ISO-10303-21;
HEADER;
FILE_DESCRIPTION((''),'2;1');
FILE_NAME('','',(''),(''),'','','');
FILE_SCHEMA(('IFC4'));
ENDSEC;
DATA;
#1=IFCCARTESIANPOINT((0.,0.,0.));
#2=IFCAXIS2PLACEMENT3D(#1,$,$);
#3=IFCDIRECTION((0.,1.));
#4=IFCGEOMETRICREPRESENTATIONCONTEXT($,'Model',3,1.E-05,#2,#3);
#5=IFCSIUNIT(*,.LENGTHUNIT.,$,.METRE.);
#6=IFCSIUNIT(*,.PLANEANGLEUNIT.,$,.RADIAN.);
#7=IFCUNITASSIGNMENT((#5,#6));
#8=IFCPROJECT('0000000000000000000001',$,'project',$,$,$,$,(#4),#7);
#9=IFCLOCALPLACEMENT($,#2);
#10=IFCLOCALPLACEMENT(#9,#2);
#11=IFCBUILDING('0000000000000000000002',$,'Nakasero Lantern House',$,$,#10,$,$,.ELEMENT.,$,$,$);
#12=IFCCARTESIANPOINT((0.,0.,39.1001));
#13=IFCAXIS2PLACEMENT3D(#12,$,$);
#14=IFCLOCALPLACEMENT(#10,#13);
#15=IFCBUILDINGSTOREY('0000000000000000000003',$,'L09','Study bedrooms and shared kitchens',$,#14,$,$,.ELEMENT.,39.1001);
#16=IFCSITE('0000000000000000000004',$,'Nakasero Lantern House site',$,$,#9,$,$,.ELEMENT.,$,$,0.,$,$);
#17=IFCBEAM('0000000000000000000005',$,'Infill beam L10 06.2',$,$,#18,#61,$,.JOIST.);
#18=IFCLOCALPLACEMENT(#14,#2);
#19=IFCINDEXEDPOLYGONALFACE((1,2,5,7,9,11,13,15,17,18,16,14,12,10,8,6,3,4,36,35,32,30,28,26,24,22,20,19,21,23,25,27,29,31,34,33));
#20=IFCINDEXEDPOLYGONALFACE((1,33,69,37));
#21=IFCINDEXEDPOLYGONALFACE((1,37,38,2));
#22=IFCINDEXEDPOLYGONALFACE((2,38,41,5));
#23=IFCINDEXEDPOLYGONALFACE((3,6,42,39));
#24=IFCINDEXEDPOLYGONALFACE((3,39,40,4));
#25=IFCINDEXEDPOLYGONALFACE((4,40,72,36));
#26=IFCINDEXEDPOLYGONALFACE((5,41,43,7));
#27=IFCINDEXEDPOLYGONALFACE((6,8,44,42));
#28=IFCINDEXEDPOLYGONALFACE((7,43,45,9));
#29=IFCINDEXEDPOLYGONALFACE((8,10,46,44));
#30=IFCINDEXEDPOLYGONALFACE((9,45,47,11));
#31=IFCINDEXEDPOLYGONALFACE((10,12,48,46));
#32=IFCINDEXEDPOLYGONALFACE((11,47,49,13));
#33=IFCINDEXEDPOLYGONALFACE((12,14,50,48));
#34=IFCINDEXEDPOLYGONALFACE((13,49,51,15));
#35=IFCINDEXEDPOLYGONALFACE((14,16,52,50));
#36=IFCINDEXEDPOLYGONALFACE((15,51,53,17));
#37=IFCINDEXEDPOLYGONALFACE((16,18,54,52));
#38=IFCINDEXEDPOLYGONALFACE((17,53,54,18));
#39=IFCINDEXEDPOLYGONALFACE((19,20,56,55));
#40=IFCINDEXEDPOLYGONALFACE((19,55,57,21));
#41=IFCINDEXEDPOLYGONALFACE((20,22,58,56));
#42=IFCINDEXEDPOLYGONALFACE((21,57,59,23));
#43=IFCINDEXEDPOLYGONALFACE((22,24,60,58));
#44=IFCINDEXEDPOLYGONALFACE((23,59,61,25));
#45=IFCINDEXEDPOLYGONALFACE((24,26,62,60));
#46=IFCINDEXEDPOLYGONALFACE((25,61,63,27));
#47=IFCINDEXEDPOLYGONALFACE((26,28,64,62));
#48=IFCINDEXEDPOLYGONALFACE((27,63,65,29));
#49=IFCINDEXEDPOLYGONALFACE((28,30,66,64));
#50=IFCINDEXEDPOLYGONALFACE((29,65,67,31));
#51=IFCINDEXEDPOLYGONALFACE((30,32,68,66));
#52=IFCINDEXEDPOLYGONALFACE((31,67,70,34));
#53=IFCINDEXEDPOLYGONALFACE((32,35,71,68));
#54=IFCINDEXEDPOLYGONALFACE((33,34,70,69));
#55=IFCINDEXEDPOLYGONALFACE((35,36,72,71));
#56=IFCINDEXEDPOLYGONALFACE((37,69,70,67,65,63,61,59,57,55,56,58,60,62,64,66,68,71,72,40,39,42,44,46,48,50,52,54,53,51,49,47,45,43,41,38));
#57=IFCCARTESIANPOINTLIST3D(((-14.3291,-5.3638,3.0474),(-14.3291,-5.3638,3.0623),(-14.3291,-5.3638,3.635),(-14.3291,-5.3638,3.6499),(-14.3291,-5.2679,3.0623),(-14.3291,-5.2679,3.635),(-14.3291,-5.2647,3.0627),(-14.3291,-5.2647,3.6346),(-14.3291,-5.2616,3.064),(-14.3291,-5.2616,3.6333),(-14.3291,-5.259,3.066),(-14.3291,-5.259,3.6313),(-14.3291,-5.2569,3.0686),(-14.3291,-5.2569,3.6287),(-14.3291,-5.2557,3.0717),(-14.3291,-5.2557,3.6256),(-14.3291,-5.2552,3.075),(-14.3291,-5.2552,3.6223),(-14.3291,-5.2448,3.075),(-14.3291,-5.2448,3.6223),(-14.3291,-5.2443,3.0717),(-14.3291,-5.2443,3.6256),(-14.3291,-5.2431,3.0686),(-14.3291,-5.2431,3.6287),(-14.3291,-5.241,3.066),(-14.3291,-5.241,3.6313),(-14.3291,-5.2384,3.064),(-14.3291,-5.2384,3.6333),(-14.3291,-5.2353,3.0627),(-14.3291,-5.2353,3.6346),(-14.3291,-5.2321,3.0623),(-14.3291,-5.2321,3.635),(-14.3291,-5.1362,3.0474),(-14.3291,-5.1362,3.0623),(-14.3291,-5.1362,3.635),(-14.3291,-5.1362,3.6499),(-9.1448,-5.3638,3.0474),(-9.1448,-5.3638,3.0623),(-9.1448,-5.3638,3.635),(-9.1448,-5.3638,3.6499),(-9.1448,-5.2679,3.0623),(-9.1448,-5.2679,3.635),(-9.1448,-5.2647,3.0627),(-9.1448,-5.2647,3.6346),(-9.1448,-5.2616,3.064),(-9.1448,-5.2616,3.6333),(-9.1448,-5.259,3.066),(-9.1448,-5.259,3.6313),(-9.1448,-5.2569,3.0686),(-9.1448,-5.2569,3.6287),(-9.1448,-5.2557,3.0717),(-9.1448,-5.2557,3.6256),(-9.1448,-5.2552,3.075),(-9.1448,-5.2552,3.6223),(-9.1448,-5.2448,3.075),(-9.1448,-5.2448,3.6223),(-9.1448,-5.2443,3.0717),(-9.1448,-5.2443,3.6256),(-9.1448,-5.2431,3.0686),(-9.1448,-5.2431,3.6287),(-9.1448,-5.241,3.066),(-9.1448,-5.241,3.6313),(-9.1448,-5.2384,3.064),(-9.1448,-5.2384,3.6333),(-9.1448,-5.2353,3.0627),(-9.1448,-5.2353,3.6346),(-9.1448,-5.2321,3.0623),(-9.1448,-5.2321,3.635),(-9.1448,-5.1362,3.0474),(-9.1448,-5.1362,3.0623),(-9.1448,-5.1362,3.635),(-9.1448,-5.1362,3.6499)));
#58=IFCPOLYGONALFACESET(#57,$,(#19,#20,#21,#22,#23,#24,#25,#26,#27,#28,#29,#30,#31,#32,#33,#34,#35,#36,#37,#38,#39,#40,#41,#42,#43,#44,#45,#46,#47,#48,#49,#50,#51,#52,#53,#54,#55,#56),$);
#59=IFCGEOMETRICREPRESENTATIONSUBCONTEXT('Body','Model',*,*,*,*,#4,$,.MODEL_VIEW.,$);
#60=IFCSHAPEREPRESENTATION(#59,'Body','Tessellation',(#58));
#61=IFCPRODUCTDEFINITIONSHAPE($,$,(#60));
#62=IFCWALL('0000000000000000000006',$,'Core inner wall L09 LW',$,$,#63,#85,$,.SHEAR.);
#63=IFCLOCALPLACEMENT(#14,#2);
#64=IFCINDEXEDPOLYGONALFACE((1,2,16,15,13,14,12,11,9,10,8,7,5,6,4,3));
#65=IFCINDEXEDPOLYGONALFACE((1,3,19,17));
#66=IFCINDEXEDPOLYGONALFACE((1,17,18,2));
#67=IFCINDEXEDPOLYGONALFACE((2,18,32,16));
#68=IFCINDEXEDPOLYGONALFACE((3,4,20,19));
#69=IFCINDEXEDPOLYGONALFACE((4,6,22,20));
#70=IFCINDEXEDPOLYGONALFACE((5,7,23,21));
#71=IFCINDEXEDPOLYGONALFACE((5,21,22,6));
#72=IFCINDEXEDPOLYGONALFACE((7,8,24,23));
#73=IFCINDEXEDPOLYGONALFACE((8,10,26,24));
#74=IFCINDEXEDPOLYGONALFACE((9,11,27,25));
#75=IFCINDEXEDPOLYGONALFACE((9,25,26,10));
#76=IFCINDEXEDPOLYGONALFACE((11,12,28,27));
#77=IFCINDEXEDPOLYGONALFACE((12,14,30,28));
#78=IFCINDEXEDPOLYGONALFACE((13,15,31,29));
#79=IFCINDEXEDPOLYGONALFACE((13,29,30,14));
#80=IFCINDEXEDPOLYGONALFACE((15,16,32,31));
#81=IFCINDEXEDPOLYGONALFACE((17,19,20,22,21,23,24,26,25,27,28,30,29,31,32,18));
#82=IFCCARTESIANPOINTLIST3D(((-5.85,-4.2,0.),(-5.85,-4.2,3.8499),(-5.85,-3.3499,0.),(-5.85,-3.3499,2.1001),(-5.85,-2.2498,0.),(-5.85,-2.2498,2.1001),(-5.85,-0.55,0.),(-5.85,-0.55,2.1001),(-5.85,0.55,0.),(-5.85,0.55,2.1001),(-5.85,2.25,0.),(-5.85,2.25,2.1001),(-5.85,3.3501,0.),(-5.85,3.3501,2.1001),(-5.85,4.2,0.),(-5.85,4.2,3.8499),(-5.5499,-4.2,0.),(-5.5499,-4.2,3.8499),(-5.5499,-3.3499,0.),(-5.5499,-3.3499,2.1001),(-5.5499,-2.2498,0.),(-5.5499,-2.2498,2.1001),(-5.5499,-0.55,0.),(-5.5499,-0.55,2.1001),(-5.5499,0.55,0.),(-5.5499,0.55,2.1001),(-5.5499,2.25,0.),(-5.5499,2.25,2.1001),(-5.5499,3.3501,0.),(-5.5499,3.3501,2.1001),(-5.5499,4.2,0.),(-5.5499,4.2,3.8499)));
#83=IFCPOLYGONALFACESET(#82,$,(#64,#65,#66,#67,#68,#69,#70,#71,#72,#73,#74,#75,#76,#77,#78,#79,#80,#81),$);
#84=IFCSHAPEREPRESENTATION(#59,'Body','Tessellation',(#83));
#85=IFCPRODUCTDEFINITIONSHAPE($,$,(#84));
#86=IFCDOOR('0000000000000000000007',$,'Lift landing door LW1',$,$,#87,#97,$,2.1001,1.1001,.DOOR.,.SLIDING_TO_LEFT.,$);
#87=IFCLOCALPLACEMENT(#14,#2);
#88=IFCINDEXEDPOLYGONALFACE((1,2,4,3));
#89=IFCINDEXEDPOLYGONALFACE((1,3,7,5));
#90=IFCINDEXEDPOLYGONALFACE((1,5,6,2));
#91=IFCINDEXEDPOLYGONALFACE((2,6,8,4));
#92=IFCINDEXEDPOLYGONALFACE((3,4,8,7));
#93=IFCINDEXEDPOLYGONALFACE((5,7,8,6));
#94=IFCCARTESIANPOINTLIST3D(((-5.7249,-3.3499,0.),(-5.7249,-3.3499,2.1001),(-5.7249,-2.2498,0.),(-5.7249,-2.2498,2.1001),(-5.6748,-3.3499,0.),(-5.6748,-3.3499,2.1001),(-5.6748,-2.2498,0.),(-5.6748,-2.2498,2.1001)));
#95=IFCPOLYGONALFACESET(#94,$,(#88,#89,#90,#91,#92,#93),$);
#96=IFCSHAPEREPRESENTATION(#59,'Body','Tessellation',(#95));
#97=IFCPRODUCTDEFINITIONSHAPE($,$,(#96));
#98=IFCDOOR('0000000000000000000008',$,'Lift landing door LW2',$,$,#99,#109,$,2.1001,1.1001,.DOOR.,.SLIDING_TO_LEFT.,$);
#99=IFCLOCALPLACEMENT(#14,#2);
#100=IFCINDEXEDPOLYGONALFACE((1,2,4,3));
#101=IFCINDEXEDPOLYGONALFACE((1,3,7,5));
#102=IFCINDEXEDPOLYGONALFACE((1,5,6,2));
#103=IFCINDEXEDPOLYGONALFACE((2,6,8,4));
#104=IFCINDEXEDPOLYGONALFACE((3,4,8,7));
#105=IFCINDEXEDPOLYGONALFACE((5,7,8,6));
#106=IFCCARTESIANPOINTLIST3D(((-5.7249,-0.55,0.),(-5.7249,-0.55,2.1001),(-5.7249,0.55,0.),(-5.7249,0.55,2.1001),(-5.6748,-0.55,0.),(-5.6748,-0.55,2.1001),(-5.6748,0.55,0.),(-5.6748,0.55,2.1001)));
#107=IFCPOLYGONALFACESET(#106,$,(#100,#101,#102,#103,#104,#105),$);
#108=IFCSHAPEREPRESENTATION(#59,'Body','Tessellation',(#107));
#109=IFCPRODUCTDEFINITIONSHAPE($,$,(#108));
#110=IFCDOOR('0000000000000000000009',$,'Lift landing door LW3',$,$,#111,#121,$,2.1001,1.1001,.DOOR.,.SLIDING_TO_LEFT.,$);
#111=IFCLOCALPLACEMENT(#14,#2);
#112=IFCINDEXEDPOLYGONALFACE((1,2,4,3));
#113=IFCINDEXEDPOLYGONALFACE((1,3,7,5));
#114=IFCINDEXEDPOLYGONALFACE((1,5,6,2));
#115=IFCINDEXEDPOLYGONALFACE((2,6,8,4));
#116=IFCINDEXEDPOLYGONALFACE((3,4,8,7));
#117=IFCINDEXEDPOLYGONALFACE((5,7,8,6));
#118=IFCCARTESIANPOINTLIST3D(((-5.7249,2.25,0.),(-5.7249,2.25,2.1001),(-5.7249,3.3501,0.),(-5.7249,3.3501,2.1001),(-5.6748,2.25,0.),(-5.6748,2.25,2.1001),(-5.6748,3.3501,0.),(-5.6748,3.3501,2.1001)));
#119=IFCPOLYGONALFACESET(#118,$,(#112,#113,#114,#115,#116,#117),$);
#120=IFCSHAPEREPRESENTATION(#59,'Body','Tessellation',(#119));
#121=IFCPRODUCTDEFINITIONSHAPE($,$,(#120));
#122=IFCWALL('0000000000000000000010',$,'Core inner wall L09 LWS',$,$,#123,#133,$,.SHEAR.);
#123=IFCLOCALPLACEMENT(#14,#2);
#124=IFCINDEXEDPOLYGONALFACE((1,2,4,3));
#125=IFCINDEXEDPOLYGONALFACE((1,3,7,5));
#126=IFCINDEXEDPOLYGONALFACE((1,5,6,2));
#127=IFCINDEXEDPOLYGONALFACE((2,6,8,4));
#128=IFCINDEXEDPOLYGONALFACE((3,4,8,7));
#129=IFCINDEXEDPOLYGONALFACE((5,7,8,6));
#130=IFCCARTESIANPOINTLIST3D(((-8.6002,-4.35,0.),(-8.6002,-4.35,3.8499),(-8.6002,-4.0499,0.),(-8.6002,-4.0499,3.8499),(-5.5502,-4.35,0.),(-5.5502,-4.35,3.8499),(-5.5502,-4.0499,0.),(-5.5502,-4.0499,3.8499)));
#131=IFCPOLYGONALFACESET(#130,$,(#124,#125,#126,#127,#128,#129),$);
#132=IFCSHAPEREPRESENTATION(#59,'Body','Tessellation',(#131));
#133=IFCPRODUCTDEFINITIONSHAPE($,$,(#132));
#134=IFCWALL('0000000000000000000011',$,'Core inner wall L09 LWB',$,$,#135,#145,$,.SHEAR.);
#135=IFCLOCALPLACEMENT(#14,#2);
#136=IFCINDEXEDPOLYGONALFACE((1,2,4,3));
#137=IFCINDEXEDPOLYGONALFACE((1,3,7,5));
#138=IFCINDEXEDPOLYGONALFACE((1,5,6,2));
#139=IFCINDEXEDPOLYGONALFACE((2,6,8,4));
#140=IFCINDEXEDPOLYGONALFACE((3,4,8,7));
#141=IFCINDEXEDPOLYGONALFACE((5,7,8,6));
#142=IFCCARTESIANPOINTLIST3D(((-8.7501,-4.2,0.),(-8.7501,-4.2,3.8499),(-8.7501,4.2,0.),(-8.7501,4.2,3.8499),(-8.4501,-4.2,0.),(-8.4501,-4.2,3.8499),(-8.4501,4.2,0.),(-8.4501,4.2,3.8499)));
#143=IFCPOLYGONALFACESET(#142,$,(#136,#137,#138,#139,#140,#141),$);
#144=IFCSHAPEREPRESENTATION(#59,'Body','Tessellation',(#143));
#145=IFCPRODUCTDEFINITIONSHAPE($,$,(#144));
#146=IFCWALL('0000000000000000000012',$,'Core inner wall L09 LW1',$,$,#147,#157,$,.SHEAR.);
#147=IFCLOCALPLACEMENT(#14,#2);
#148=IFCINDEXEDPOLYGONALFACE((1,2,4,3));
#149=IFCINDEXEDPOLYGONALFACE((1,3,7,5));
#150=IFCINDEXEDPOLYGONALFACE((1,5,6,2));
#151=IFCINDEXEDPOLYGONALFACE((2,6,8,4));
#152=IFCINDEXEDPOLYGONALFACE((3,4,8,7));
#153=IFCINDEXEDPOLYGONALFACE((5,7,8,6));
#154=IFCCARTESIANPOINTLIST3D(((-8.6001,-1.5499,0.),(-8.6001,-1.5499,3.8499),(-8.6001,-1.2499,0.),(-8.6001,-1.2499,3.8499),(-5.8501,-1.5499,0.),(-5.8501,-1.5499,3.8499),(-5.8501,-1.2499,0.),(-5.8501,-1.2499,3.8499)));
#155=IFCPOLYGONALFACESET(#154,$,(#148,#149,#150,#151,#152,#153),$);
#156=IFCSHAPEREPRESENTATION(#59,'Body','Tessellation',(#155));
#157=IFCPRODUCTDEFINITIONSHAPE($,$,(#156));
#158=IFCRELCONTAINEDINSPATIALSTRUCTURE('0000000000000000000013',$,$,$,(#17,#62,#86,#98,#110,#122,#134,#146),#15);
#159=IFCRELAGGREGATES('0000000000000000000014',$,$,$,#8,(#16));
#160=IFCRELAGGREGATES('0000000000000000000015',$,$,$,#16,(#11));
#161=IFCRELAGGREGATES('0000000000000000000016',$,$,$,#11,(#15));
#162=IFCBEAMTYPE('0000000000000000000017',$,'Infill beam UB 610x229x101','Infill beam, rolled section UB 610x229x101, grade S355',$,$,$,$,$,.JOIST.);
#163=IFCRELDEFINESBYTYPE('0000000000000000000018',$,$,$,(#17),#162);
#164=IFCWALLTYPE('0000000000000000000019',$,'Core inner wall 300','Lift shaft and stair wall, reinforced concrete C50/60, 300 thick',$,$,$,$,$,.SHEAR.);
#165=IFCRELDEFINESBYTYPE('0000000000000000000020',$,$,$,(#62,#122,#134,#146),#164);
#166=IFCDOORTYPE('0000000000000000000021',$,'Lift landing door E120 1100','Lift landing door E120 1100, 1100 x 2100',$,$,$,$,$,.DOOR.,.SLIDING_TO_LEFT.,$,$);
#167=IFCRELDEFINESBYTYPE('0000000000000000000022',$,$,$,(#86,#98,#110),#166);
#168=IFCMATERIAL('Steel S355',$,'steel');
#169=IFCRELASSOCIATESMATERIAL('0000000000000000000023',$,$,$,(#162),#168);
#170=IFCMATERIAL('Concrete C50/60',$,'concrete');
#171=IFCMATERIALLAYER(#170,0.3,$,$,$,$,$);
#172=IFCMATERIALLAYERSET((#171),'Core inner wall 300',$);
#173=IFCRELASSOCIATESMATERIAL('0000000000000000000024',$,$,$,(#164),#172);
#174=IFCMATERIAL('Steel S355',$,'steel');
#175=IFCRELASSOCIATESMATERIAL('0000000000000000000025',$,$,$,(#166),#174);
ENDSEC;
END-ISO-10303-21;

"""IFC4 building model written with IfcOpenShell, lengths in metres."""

from ifc_helpers import new_model, si_unit, direction, frame, frame_2d, origin, origin_2d, place, context, subcontext, project, spatial, rectangle, i_section, extrude, material, layer, layer_set, material_profile, profile_set, type_object, element, fill, save


model = new_model("IFC4")

# Units and contexts
model_context = context("Model", 3, precision=1e-05, world=origin(), true_north=direction((0.0, 1.0)))
body_context = subcontext(model_context, "Body", "Model", "MODEL_VIEW")
ifc_project = project(units=[si_unit("LENGTHUNIT", "METRE"), si_unit("PLANEANGLEUNIT", "RADIAN")], contexts=[model_context])

# Site, building, storey
site_placement = place(None, origin())
site = spatial("IfcSite", under=ifc_project, at=site_placement, Name="Nakasero Lantern House site", CompositionType="ELEMENT", RefElevation=0.0)
building_placement = place(site_placement, origin())
building = spatial("IfcBuilding", under=site, at=building_placement, Name="Nakasero Lantern House", CompositionType="ELEMENT")
storey_placement = place(building_placement, frame((0.0, 0.0, 39.1001)))
storey = spatial("IfcBuildingStorey", under=building, at=storey_placement, Name="L09", Description="Study bedrooms and shared kitchens", CompositionType="ELEMENT", Elevation=39.1001)

# Beam
ifc_material_1 = material(Name="Steel S355", Category="steel")
ifc_material_profile_1 = material_profile(ifc_material_1, i_section(OverallWidth=0.2275, OverallDepth=0.6025, WebThickness=0.0105, FlangeThickness=0.0149, FilletRadius=0.0127, at=origin_2d()), Name="UB 610x229x101")
ifc_profile_set_1 = profile_set([ifc_material_profile_1], Name="Steel S355")
beam_type_1 = type_object("IfcBeamType", Name="Infill beam UB 610x229x101", Description="Infill beam, rolled section UB 610x229x101, grade S355", PredefinedType="JOIST", material=ifc_profile_set_1)
beam_1_placement = place(storey_placement, frame((-14.3291, -5.25, 3.3486), z_axis=(1.0, 0.0, 0.0), x_axis=(0.0, 1.0, 0.0)))
element("IfcBeam", 1, at=beam_1_placement, inside=storey, type_object=beam_type_1, Name="Infill beam L10 06.2", PredefinedType="JOIST", context=body_context, shape_type="SweptSolid", body=[
    extrude(i_section(OverallWidth=0.2275, OverallDepth=0.6025, WebThickness=0.0105, FlangeThickness=0.0149, FilletRadius=0.0127, at=origin_2d()), origin(), (0.0, 0.0, 1.0), 5.1843),
])

# Wall, openings, doors
ifc_material_2 = material(Name="Concrete C50/60", Category="concrete")
ifc_layer_1 = layer(ifc_material_2, 0.3)
ifc_layer_set_1 = layer_set([ifc_layer_1], Name="Core inner wall 300")
wall_type_1 = type_object("IfcWallType", Name="Core inner wall 300", Description="Lift shaft and stair wall, reinforced concrete C50/60, 300 thick", PredefinedType="SHEAR", material=ifc_layer_set_1)
wall_1_placement = place(storey_placement, frame((-5.7, -4.2, 0.0), z_axis=(0.0, 0.0, 1.0), x_axis=(0.0, 1.0, 0.0)))
wall_1 = element("IfcWall", 2, at=wall_1_placement, inside=storey, type_object=wall_type_1, Name="Core inner wall L09 LW", PredefinedType="SHEAR", context=body_context, shape_type="SweptSolid", body=[
    extrude(rectangle(XDim=8.3999, YDim=0.3, at=frame_2d((4.2, 0.0))), origin(), (0.0, 0.0, 1.0), 3.8499),
])
opening_1_placement = place(wall_1_placement, frame((0.8501, 0.0, 0.0)))
opening_1 = element("IfcOpeningElement", 3, at=opening_1_placement, cuts=wall_1, PredefinedType="OPENING", context=body_context, shape_type="SweptSolid", body=[
    extrude(rectangle(XDim=1.1001, YDim=2.1001, at=frame_2d((0.55, 1.05))), frame((0.0, 0.1699, 0.0), z_axis=(0.0, -1.0, 0.0), x_axis=(1.0, 0.0, 0.0)), (0.0, 0.0, 1.0), 0.3401),
])
opening_2_placement = place(wall_1_placement, frame((3.6499, 0.0, 0.0)))
opening_2 = element("IfcOpeningElement", 4, at=opening_2_placement, cuts=wall_1, PredefinedType="OPENING", context=body_context, shape_type="SweptSolid", body=[
    extrude(rectangle(XDim=1.1001, YDim=2.1001, at=frame_2d((0.55, 1.05))), frame((0.0, 0.1699, 0.0), z_axis=(0.0, -1.0, 0.0), x_axis=(1.0, 0.0, 0.0)), (0.0, 0.0, 1.0), 0.3401),
])
opening_3_placement = place(wall_1_placement, frame((6.45, 0.0, 0.0)))
opening_3 = element("IfcOpeningElement", 5, at=opening_3_placement, cuts=wall_1, PredefinedType="OPENING", context=body_context, shape_type="SweptSolid", body=[
    extrude(rectangle(XDim=1.1001, YDim=2.1001, at=frame_2d((0.55, 1.05))), frame((0.0, 0.1699, 0.0), z_axis=(0.0, -1.0, 0.0), x_axis=(1.0, 0.0, 0.0)), (0.0, 0.0, 1.0), 0.3401),
])
ifc_material_3 = material(Name="Steel S355", Category="steel")
door_type_1 = type_object("IfcDoorType", Name="Lift landing door E120 1100", Description="Lift landing door E120 1100, 1100 x 2100", OperationType="SLIDING_TO_LEFT", PredefinedType="DOOR", material=ifc_material_3)
door_1_placement = place(opening_1_placement, origin())
door_1 = element("IfcDoor", 6, at=door_1_placement, inside=storey, type_object=door_type_1, Name="Lift landing door LW1", OperationType="SLIDING_TO_LEFT", OverallHeight=2.1001, OverallWidth=1.1001, PredefinedType="DOOR", context=body_context, shape_type="SweptSolid", body=[
    extrude(rectangle(XDim=1.1001, YDim=2.1001, at=frame_2d((0.55, 1.05))), frame((0.0, 0.0249, 0.0), z_axis=(0.0, -1.0, 0.0), x_axis=(1.0, 0.0, 0.0)), (0.0, 0.0, 1.0), 0.05),
])
fill(opening_1, door_1)
door_2_placement = place(opening_2_placement, origin())
door_2 = element("IfcDoor", 7, at=door_2_placement, inside=storey, type_object=door_type_1, Name="Lift landing door LW2", OperationType="SLIDING_TO_LEFT", OverallHeight=2.1001, OverallWidth=1.1001, PredefinedType="DOOR", context=body_context, shape_type="SweptSolid", body=[
    extrude(rectangle(XDim=1.1001, YDim=2.1001, at=frame_2d((0.55, 1.05))), frame((0.0, 0.0249, 0.0), z_axis=(0.0, -1.0, 0.0), x_axis=(1.0, 0.0, 0.0)), (0.0, 0.0, 1.0), 0.05),
])
fill(opening_2, door_2)
door_3_placement = place(opening_3_placement, origin())
door_3 = element("IfcDoor", 8, at=door_3_placement, inside=storey, type_object=door_type_1, Name="Lift landing door LW3", OperationType="SLIDING_TO_LEFT", OverallHeight=2.1001, OverallWidth=1.1001, PredefinedType="DOOR", context=body_context, shape_type="SweptSolid", body=[
    extrude(rectangle(XDim=1.1001, YDim=2.1001, at=frame_2d((0.55, 1.05))), frame((0.0, 0.0249, 0.0), z_axis=(0.0, -1.0, 0.0), x_axis=(1.0, 0.0, 0.0)), (0.0, 0.0, 1.0), 0.05),
])
fill(opening_3, door_3)

# Walls
wall_2_placement = place(storey_placement, frame((-8.6001, -4.2, 0.0), z_axis=(0.0, 0.0, 1.0), x_axis=(1.0, 0.0, 0.0)))
element("IfcWall", 9, at=wall_2_placement, inside=storey, type_object=wall_type_1, Name="Core inner wall L09 LWS", PredefinedType="SHEAR", context=body_context, shape_type="SweptSolid", body=[
    extrude(rectangle(XDim=3.05, YDim=0.3, at=frame_2d((1.5249, 0.0))), origin(), (0.0, 0.0, 1.0), 3.8499),
])
wall_3_placement = place(storey_placement, frame((-8.6001, -4.2, 0.0), z_axis=(0.0, 0.0, 1.0), x_axis=(0.0, 1.0, 0.0)))
element("IfcWall", 10, at=wall_3_placement, inside=storey, type_object=wall_type_1, Name="Core inner wall L09 LWB", PredefinedType="SHEAR", context=body_context, shape_type="SweptSolid", body=[
    extrude(rectangle(XDim=8.3999, YDim=0.3, at=frame_2d((4.2, 0.0))), origin(), (0.0, 0.0, 1.0), 3.8499),
])
wall_4_placement = place(storey_placement, frame((-8.6001, -1.3999, 0.0), z_axis=(0.0, 0.0, 1.0), x_axis=(1.0, 0.0, 0.0)))
element("IfcWall", 11, at=wall_4_placement, inside=storey, type_object=wall_type_1, Name="Core inner wall L09 LW1", PredefinedType="SHEAR", context=body_context, shape_type="SweptSolid", body=[
    extrude(rectangle(XDim=2.75, YDim=0.3, at=frame_2d((1.375, 0.0))), origin(), (0.0, 0.0, 1.0), 3.8499),
])

save(model, "model.ifc")
